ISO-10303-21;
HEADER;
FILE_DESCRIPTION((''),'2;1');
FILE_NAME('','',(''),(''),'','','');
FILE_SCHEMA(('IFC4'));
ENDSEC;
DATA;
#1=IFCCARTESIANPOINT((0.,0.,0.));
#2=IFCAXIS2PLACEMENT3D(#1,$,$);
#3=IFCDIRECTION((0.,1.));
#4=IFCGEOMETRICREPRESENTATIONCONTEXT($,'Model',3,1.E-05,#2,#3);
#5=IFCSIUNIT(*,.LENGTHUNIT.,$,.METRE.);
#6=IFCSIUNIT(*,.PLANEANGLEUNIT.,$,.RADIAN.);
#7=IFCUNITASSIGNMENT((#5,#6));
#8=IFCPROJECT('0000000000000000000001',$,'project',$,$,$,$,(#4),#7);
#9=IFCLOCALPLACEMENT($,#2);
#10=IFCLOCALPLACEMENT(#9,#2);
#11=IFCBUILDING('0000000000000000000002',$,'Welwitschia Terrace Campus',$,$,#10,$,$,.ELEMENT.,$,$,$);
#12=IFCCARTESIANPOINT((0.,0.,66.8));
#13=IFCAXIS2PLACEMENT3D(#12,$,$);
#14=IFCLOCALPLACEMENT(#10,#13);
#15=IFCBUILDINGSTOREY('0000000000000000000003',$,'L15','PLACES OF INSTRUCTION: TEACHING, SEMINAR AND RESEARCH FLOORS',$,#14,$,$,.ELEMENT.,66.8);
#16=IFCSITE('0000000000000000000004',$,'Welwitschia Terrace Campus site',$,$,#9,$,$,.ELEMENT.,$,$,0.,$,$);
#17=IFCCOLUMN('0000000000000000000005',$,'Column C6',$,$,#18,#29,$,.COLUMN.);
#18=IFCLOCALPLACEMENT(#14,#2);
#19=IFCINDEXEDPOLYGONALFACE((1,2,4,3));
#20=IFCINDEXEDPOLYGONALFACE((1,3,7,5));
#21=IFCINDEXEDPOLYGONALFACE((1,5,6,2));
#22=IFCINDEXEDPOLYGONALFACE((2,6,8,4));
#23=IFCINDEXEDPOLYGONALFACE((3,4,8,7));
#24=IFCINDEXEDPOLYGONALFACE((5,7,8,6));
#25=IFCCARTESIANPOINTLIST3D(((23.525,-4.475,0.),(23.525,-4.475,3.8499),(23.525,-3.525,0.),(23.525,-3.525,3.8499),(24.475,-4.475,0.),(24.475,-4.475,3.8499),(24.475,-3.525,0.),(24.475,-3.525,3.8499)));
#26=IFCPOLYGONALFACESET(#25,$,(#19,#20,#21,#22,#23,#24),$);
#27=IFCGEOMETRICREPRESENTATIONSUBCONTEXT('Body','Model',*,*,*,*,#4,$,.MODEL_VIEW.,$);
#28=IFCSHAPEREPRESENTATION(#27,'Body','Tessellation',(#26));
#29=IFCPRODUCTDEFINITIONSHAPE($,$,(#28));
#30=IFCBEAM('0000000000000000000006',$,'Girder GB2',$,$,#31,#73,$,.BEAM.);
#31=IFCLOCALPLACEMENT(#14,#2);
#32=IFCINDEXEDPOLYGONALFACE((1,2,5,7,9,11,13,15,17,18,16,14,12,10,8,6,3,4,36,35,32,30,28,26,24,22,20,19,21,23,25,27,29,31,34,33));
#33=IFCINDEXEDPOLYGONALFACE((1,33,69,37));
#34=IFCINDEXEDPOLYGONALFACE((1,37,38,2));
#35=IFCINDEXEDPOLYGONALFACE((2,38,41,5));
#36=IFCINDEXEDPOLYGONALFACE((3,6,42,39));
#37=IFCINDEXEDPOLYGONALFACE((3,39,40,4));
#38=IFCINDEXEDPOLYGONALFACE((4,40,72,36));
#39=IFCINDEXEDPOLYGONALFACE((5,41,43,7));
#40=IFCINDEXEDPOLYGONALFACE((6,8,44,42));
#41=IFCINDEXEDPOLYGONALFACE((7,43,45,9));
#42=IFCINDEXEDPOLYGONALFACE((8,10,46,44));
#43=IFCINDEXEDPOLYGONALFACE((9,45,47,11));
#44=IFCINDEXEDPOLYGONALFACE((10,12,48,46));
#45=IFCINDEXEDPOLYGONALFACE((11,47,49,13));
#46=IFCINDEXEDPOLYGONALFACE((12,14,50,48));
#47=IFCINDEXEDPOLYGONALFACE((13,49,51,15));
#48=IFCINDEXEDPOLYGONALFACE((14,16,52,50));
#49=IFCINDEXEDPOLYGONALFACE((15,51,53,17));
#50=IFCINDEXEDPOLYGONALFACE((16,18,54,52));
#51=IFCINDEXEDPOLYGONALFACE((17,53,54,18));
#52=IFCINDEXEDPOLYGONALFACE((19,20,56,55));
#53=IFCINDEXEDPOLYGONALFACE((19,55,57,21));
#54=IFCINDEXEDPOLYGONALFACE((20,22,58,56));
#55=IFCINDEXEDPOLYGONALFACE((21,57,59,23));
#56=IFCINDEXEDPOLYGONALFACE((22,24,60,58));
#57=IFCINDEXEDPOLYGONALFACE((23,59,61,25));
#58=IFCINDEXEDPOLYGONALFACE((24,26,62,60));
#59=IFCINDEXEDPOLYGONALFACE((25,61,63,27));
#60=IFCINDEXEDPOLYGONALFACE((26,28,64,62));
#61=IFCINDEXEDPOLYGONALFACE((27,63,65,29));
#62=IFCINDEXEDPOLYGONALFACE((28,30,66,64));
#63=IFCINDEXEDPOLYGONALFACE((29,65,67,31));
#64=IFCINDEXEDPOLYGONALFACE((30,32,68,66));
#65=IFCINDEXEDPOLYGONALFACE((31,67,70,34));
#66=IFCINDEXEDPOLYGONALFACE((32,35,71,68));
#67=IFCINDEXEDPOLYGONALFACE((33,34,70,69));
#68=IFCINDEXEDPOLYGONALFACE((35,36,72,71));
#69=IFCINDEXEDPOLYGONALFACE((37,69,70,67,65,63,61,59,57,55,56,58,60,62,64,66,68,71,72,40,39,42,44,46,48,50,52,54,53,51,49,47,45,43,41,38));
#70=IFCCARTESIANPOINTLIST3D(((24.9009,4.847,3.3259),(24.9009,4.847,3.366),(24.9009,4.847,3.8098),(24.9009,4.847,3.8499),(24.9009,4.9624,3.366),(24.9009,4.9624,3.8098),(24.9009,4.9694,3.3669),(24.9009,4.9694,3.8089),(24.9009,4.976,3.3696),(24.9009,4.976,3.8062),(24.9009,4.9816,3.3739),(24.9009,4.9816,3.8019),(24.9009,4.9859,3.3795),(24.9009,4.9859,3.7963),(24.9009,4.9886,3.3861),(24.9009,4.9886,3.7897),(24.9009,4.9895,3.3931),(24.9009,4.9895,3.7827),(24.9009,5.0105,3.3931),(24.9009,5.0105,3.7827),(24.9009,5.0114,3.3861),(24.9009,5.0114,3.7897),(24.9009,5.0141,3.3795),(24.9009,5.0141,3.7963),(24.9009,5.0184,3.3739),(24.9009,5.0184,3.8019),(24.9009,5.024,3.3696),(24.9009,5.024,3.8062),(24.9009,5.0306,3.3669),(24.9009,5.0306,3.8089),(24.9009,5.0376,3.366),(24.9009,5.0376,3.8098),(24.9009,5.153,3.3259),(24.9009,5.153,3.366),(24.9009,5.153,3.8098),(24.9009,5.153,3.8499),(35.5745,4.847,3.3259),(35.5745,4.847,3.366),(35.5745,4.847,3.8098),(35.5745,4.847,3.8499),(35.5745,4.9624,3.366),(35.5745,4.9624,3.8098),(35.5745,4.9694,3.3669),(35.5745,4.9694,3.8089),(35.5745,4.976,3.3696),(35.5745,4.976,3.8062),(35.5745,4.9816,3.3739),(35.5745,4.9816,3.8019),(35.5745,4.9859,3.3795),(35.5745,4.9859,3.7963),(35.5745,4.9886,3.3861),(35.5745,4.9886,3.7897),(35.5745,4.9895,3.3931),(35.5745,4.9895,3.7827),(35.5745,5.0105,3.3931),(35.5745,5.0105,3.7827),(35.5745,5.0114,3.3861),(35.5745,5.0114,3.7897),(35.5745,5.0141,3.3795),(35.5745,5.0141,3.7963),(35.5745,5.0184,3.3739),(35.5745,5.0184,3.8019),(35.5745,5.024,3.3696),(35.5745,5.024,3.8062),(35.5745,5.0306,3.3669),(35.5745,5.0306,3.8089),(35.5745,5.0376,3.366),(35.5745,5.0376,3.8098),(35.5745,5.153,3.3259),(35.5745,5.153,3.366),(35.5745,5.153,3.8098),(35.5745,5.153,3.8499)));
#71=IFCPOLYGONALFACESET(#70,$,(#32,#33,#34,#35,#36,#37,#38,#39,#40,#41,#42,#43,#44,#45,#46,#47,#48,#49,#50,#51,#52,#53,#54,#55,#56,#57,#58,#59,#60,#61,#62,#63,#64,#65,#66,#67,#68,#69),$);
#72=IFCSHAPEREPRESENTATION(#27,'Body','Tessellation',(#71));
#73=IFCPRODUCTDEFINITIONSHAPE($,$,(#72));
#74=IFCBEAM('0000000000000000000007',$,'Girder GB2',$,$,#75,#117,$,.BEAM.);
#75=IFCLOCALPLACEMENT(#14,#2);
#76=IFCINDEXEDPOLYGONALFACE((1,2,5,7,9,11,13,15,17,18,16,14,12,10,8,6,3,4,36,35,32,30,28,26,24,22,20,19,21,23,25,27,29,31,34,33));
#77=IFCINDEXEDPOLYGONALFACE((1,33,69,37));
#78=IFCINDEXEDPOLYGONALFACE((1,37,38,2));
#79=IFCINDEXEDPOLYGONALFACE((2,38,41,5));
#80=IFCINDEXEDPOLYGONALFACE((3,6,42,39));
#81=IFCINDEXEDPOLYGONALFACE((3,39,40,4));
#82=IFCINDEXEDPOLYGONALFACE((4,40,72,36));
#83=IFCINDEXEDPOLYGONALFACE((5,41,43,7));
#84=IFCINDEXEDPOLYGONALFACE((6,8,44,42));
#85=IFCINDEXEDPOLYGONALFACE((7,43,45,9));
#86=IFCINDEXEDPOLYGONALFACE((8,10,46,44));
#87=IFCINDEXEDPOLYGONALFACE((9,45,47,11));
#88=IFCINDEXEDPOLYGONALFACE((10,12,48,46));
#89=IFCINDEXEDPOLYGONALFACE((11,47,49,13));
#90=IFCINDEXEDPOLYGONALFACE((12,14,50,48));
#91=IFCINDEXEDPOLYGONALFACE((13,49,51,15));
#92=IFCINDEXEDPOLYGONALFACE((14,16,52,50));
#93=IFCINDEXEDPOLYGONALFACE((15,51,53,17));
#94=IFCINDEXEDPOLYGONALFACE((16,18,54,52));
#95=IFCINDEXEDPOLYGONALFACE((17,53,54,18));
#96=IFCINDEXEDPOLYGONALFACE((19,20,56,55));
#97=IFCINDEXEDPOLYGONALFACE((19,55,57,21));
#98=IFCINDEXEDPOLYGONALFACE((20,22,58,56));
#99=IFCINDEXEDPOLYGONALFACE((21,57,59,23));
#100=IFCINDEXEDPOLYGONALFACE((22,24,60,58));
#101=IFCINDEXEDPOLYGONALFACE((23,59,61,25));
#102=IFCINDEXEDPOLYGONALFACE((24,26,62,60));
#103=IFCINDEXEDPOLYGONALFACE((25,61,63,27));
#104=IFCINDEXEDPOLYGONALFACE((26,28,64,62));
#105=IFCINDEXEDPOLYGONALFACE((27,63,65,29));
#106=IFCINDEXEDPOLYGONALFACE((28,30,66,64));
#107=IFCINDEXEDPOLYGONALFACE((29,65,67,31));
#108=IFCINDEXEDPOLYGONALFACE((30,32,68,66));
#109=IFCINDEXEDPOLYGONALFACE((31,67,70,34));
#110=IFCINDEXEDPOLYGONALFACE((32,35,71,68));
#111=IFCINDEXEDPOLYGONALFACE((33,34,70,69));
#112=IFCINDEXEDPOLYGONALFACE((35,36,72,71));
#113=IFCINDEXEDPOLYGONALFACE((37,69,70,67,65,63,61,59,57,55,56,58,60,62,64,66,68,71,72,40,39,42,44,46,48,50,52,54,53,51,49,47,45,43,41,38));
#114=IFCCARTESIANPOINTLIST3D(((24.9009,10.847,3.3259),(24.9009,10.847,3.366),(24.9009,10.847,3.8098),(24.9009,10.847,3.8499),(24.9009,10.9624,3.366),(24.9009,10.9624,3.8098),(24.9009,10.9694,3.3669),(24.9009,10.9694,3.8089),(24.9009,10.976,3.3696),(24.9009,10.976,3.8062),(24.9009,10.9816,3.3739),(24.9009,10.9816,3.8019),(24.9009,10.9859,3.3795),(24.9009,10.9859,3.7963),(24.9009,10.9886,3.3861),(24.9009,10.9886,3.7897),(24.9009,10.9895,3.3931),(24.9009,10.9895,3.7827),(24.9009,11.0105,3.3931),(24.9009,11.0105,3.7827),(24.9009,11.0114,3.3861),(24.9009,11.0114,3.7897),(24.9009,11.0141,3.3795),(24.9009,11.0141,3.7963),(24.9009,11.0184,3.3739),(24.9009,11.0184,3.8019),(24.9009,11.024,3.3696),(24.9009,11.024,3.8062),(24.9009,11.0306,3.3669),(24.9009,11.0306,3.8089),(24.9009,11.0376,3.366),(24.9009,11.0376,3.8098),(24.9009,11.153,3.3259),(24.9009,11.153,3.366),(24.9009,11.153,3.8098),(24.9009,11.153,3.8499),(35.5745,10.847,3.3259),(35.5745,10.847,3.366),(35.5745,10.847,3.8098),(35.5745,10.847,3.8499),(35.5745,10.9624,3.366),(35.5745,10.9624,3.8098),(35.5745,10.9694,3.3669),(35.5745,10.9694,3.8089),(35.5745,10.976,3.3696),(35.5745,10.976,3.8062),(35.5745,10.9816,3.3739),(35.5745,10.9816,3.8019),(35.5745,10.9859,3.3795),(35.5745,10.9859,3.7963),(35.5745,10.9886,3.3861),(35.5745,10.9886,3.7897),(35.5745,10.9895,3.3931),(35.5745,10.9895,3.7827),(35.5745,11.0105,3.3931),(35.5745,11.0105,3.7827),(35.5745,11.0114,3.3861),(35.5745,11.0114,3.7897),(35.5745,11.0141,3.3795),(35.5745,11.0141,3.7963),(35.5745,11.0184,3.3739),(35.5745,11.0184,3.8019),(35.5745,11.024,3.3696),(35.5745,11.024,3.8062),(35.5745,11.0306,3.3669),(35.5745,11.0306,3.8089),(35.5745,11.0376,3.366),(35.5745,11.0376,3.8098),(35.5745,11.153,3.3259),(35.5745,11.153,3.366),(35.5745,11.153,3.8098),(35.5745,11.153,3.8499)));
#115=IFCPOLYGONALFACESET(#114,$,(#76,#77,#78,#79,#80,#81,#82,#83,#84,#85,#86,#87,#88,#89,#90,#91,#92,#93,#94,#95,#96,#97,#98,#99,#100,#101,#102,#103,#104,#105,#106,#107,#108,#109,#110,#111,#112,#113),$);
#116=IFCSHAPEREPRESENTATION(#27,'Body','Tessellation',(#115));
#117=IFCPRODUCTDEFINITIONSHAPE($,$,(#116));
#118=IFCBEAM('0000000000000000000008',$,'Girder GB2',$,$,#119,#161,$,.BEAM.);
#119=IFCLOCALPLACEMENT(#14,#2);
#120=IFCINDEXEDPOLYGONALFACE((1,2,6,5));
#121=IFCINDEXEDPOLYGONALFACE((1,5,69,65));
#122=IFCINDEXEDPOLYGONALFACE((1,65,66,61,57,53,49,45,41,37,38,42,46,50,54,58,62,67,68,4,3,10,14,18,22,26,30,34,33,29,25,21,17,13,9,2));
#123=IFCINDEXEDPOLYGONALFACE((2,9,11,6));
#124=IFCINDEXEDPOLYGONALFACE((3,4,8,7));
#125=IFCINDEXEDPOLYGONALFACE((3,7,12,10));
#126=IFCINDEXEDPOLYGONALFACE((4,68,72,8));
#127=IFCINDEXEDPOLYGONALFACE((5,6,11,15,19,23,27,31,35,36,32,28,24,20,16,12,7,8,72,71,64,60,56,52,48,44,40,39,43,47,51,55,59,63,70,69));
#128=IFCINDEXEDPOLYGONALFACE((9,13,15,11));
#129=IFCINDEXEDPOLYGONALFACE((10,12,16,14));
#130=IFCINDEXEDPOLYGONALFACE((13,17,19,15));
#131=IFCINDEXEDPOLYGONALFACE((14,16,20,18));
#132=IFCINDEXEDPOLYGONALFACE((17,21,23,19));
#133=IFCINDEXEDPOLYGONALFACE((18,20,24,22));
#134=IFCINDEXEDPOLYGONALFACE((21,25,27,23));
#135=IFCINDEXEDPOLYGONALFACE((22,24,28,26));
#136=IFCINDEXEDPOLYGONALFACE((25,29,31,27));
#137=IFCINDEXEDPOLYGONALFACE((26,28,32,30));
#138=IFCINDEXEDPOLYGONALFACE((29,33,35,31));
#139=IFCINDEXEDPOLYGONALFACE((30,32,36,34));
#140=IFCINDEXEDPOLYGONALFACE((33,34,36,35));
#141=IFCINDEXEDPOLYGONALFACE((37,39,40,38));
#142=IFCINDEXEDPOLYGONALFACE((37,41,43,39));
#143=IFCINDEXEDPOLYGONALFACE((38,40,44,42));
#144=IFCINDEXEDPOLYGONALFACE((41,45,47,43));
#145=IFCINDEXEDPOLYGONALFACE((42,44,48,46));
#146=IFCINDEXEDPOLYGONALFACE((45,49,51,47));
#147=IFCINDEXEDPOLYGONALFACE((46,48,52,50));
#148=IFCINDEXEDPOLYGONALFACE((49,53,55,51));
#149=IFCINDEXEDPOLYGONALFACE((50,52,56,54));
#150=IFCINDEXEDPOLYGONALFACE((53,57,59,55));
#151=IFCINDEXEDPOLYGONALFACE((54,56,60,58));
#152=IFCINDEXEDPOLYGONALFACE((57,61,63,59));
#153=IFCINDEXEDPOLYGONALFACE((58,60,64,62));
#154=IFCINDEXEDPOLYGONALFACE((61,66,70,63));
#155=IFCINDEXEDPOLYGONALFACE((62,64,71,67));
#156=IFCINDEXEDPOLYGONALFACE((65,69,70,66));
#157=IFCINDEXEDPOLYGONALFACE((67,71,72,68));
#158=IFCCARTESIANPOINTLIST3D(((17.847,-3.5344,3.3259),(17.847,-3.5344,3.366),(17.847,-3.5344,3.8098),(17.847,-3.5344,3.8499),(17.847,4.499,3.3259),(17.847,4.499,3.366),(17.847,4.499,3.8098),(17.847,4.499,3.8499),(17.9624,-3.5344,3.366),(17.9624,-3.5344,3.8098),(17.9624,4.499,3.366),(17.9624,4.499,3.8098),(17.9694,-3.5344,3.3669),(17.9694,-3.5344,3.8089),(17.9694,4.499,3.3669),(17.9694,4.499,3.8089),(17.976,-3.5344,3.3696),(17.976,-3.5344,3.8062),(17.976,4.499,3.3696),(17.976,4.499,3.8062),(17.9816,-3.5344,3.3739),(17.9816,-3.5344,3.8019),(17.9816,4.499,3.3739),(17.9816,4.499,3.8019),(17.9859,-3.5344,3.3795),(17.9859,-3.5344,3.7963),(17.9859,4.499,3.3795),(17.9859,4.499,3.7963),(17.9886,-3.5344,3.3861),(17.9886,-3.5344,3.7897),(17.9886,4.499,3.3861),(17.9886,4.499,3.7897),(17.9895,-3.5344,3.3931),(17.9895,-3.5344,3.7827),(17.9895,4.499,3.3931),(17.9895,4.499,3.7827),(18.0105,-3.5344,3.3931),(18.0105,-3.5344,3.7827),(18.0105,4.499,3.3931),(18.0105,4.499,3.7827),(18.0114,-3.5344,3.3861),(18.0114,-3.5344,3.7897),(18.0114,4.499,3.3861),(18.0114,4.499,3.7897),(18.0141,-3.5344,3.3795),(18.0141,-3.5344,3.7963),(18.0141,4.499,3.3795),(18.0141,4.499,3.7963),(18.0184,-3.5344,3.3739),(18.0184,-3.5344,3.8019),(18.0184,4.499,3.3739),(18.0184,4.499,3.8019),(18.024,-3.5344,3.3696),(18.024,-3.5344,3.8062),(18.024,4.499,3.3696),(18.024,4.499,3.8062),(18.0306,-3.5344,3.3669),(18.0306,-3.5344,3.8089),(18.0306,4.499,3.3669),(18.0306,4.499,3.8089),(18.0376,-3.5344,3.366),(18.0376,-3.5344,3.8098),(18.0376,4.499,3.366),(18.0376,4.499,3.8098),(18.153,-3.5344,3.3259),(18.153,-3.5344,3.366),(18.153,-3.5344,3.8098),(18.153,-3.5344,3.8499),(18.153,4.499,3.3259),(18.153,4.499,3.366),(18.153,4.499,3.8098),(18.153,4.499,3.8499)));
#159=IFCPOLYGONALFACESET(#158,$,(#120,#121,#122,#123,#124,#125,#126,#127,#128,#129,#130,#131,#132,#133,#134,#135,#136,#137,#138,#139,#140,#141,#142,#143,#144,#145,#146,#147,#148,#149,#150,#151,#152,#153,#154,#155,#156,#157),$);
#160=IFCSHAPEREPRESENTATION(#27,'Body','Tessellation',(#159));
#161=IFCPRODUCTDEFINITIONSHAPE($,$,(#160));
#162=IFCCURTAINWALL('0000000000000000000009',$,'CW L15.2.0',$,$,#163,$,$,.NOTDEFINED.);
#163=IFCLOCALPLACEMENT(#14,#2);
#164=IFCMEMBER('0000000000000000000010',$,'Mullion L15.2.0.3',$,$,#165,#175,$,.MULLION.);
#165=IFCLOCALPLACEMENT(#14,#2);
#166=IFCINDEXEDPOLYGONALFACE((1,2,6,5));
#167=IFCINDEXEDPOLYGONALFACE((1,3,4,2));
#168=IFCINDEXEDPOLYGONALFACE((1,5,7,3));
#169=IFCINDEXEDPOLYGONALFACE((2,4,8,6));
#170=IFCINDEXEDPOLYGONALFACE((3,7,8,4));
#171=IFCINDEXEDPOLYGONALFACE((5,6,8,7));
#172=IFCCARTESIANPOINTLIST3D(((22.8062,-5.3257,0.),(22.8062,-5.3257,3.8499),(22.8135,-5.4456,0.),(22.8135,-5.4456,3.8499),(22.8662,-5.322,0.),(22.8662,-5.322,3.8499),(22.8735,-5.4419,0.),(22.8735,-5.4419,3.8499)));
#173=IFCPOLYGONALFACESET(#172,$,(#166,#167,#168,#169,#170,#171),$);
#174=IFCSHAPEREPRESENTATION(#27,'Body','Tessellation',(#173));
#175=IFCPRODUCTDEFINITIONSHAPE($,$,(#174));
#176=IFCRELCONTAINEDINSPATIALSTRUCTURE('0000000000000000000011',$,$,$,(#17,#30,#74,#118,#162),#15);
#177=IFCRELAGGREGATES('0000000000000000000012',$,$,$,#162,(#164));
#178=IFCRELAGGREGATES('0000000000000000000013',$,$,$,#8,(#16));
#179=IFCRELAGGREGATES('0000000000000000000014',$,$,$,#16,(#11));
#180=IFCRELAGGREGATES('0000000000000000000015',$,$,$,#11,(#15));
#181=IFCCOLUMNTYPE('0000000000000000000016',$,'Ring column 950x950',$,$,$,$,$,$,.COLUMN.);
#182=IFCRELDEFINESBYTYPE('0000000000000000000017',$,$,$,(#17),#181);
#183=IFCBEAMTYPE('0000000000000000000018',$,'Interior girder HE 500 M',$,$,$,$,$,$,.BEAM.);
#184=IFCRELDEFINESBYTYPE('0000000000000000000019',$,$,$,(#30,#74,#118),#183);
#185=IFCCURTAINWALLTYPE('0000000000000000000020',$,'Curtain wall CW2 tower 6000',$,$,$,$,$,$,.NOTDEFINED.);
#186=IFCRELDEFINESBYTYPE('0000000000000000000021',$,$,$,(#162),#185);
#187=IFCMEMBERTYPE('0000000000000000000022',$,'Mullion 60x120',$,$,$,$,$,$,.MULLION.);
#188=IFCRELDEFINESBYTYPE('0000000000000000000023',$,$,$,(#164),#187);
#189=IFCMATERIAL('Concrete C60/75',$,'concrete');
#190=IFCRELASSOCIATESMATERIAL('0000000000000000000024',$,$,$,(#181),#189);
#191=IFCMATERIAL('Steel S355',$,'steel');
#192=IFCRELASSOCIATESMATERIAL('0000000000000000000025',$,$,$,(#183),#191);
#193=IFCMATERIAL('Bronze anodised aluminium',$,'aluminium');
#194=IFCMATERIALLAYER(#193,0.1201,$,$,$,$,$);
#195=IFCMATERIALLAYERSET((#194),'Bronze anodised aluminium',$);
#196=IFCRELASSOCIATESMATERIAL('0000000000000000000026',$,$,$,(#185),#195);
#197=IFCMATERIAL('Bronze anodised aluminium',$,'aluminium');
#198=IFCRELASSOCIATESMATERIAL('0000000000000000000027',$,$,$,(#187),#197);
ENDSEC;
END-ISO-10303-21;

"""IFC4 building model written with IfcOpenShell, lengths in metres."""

from ifc_helpers import new_model, si_unit, direction, frame, origin, origin_2d, place, context, subcontext, project, spatial, rectangle, i_section, extrude, material, layer, layer_set, material_profile, profile_set, type_object, element, aggregate, save


model = new_model("IFC4")

# Units and contexts
model_context = context("Model", 3, precision=1e-05, world=origin(), true_north=direction((0.0, 1.0)))
body_context = subcontext(model_context, "Body", "Model", "MODEL_VIEW")
ifc_project = project(units=[si_unit("LENGTHUNIT", "METRE"), si_unit("PLANEANGLEUNIT", "RADIAN")], contexts=[model_context])

# Site, building, storey
site_placement = place(None, origin())
site = spatial("IfcSite", under=ifc_project, at=site_placement, Name="Welwitschia Terrace Campus site", CompositionType="ELEMENT", RefElevation=0.0)
building_placement = place(site_placement, origin())
building = spatial("IfcBuilding", under=site, at=building_placement, Name="Welwitschia Terrace Campus", CompositionType="ELEMENT")
storey_placement = place(building_placement, frame((0.0, 0.0, 66.8)))
storey = spatial("IfcBuildingStorey", under=building, at=storey_placement, Name="L15", Description="PLACES OF INSTRUCTION: TEACHING, SEMINAR AND RESEARCH FLOORS", CompositionType="ELEMENT", Elevation=66.8)

# Column
ifc_material_1 = material(Name="Concrete C60/75", Category="concrete")
ifc_material_profile_1 = material_profile(ifc_material_1, rectangle(XDim=0.95, YDim=0.95, at=origin_2d()))
ifc_profile_set_1 = profile_set([ifc_material_profile_1], Name="Concrete C60/75")
column_type = type_object("IfcColumnType", Name="Ring column 950x950", PredefinedType="COLUMN", material=ifc_profile_set_1)
column_placement = place(storey_placement, frame((24.0, -4.0, 0.0), z_axis=(0.0, 0.0, 1.0), x_axis=(1.0, 0.0, 0.0)))
element("IfcColumn", 1, at=column_placement, inside=storey, type_object=column_type, Name="Column C6", PredefinedType="COLUMN", context=body_context, shape_type="SweptSolid", body=[
    extrude(rectangle(XDim=0.95, YDim=0.95, at=origin_2d()), origin(), (0.0, 0.0, 1.0), 3.8499),
])

# Beams
ifc_material_2 = material(Name="Steel S355", Category="steel")
ifc_material_profile_2 = material_profile(ifc_material_2, i_section(OverallWidth=0.3059, OverallDepth=0.5239, WebThickness=0.021, FlangeThickness=0.04, FilletRadius=0.0271, at=origin_2d()))
ifc_profile_set_2 = profile_set([ifc_material_profile_2], Name="Steel S355")
beam_type_1 = type_object("IfcBeamType", Name="Interior girder HE 500 M", PredefinedType="BEAM", material=ifc_profile_set_2)
for number, where, z_axis, x_axis, name in (
    (2, (24.9009, 5.0, 3.5879), (1.0, 0.0, 0.0), (0.0, 1.0, 0.0), "Girder GB2"),
    (3, (24.9009, 11.0, 3.5879), (1.0, 0.0, 0.0), (0.0, 1.0, 0.0), "Girder GB2"),
):
    element("IfcBeam", number, at=place(storey_placement, frame(where, z_axis=z_axis, x_axis=x_axis)), inside=storey, type_object=beam_type_1, Name=name, PredefinedType="BEAM", context=body_context, shape_type="SweptSolid", body=[
        extrude(i_section(OverallWidth=0.3059, OverallDepth=0.5239, WebThickness=0.021, FlangeThickness=0.04, FilletRadius=0.0271, at=origin_2d()), origin(), (0.0, 0.0, 1.0), 10.6736),
    ])
beam_1_placement = place(storey_placement, frame((18.0, -3.5344, 3.5879), z_axis=(0.0, 1.0, 0.0), x_axis=(-1.0, 0.0, 0.0)))
element("IfcBeam", 4, at=beam_1_placement, inside=storey, type_object=beam_type_1, Name="Girder GB2", PredefinedType="BEAM", context=body_context, shape_type="SweptSolid", body=[
    extrude(i_section(OverallWidth=0.3059, OverallDepth=0.5239, WebThickness=0.021, FlangeThickness=0.04, FilletRadius=0.0271, at=origin_2d()), origin(), (0.0, 0.0, 1.0), 8.0334),
])

# Curtain wall, member
ifc_material_3 = material(Name="Bronze anodised aluminium", Category="aluminium")
ifc_layer_1 = layer(ifc_material_3, 0.1201)
ifc_layer_set_1 = layer_set([ifc_layer_1], Name="Bronze anodised aluminium")
curtain_wall_type = type_object("IfcCurtainWallType", Name="Curtain wall CW2 tower 6000", PredefinedType="NOTDEFINED", material=ifc_layer_set_1)
curtain_wall_placement = place(storey_placement, origin())
curtain_wall = element("IfcCurtainWall", 5, at=curtain_wall_placement, inside=storey, type_object=curtain_wall_type, Name="CW L15.2.0", PredefinedType="NOTDEFINED")
ifc_material_4 = material(Name="Bronze anodised aluminium", Category="aluminium")
ifc_material_profile_3 = material_profile(ifc_material_4, rectangle(XDim=0.1201, YDim=0.0601, at=origin_2d()))
ifc_profile_set_3 = profile_set([ifc_material_profile_3], Name="Bronze anodised aluminium")
member_type = type_object("IfcMemberType", Name="Mullion 60x120", PredefinedType="MULLION", material=ifc_profile_set_3)
member_placement = place(storey_placement, frame((22.8398, -5.3838, 0.0), z_axis=(0.0, 0.0, 1.0), x_axis=(-0.061049, 0.998135, 0.0)))
member = element("IfcMember", 6, at=member_placement, type_object=member_type, Name="Mullion L15.2.0.3", PredefinedType="MULLION", context=body_context, shape_type="SweptSolid", body=[
    extrude(rectangle(XDim=0.1201, YDim=0.0601, at=origin_2d()), origin(), (0.0, 0.0, 1.0), 3.8499),
])

aggregate(curtain_wall, [member])

save(model, "model.ifc")
